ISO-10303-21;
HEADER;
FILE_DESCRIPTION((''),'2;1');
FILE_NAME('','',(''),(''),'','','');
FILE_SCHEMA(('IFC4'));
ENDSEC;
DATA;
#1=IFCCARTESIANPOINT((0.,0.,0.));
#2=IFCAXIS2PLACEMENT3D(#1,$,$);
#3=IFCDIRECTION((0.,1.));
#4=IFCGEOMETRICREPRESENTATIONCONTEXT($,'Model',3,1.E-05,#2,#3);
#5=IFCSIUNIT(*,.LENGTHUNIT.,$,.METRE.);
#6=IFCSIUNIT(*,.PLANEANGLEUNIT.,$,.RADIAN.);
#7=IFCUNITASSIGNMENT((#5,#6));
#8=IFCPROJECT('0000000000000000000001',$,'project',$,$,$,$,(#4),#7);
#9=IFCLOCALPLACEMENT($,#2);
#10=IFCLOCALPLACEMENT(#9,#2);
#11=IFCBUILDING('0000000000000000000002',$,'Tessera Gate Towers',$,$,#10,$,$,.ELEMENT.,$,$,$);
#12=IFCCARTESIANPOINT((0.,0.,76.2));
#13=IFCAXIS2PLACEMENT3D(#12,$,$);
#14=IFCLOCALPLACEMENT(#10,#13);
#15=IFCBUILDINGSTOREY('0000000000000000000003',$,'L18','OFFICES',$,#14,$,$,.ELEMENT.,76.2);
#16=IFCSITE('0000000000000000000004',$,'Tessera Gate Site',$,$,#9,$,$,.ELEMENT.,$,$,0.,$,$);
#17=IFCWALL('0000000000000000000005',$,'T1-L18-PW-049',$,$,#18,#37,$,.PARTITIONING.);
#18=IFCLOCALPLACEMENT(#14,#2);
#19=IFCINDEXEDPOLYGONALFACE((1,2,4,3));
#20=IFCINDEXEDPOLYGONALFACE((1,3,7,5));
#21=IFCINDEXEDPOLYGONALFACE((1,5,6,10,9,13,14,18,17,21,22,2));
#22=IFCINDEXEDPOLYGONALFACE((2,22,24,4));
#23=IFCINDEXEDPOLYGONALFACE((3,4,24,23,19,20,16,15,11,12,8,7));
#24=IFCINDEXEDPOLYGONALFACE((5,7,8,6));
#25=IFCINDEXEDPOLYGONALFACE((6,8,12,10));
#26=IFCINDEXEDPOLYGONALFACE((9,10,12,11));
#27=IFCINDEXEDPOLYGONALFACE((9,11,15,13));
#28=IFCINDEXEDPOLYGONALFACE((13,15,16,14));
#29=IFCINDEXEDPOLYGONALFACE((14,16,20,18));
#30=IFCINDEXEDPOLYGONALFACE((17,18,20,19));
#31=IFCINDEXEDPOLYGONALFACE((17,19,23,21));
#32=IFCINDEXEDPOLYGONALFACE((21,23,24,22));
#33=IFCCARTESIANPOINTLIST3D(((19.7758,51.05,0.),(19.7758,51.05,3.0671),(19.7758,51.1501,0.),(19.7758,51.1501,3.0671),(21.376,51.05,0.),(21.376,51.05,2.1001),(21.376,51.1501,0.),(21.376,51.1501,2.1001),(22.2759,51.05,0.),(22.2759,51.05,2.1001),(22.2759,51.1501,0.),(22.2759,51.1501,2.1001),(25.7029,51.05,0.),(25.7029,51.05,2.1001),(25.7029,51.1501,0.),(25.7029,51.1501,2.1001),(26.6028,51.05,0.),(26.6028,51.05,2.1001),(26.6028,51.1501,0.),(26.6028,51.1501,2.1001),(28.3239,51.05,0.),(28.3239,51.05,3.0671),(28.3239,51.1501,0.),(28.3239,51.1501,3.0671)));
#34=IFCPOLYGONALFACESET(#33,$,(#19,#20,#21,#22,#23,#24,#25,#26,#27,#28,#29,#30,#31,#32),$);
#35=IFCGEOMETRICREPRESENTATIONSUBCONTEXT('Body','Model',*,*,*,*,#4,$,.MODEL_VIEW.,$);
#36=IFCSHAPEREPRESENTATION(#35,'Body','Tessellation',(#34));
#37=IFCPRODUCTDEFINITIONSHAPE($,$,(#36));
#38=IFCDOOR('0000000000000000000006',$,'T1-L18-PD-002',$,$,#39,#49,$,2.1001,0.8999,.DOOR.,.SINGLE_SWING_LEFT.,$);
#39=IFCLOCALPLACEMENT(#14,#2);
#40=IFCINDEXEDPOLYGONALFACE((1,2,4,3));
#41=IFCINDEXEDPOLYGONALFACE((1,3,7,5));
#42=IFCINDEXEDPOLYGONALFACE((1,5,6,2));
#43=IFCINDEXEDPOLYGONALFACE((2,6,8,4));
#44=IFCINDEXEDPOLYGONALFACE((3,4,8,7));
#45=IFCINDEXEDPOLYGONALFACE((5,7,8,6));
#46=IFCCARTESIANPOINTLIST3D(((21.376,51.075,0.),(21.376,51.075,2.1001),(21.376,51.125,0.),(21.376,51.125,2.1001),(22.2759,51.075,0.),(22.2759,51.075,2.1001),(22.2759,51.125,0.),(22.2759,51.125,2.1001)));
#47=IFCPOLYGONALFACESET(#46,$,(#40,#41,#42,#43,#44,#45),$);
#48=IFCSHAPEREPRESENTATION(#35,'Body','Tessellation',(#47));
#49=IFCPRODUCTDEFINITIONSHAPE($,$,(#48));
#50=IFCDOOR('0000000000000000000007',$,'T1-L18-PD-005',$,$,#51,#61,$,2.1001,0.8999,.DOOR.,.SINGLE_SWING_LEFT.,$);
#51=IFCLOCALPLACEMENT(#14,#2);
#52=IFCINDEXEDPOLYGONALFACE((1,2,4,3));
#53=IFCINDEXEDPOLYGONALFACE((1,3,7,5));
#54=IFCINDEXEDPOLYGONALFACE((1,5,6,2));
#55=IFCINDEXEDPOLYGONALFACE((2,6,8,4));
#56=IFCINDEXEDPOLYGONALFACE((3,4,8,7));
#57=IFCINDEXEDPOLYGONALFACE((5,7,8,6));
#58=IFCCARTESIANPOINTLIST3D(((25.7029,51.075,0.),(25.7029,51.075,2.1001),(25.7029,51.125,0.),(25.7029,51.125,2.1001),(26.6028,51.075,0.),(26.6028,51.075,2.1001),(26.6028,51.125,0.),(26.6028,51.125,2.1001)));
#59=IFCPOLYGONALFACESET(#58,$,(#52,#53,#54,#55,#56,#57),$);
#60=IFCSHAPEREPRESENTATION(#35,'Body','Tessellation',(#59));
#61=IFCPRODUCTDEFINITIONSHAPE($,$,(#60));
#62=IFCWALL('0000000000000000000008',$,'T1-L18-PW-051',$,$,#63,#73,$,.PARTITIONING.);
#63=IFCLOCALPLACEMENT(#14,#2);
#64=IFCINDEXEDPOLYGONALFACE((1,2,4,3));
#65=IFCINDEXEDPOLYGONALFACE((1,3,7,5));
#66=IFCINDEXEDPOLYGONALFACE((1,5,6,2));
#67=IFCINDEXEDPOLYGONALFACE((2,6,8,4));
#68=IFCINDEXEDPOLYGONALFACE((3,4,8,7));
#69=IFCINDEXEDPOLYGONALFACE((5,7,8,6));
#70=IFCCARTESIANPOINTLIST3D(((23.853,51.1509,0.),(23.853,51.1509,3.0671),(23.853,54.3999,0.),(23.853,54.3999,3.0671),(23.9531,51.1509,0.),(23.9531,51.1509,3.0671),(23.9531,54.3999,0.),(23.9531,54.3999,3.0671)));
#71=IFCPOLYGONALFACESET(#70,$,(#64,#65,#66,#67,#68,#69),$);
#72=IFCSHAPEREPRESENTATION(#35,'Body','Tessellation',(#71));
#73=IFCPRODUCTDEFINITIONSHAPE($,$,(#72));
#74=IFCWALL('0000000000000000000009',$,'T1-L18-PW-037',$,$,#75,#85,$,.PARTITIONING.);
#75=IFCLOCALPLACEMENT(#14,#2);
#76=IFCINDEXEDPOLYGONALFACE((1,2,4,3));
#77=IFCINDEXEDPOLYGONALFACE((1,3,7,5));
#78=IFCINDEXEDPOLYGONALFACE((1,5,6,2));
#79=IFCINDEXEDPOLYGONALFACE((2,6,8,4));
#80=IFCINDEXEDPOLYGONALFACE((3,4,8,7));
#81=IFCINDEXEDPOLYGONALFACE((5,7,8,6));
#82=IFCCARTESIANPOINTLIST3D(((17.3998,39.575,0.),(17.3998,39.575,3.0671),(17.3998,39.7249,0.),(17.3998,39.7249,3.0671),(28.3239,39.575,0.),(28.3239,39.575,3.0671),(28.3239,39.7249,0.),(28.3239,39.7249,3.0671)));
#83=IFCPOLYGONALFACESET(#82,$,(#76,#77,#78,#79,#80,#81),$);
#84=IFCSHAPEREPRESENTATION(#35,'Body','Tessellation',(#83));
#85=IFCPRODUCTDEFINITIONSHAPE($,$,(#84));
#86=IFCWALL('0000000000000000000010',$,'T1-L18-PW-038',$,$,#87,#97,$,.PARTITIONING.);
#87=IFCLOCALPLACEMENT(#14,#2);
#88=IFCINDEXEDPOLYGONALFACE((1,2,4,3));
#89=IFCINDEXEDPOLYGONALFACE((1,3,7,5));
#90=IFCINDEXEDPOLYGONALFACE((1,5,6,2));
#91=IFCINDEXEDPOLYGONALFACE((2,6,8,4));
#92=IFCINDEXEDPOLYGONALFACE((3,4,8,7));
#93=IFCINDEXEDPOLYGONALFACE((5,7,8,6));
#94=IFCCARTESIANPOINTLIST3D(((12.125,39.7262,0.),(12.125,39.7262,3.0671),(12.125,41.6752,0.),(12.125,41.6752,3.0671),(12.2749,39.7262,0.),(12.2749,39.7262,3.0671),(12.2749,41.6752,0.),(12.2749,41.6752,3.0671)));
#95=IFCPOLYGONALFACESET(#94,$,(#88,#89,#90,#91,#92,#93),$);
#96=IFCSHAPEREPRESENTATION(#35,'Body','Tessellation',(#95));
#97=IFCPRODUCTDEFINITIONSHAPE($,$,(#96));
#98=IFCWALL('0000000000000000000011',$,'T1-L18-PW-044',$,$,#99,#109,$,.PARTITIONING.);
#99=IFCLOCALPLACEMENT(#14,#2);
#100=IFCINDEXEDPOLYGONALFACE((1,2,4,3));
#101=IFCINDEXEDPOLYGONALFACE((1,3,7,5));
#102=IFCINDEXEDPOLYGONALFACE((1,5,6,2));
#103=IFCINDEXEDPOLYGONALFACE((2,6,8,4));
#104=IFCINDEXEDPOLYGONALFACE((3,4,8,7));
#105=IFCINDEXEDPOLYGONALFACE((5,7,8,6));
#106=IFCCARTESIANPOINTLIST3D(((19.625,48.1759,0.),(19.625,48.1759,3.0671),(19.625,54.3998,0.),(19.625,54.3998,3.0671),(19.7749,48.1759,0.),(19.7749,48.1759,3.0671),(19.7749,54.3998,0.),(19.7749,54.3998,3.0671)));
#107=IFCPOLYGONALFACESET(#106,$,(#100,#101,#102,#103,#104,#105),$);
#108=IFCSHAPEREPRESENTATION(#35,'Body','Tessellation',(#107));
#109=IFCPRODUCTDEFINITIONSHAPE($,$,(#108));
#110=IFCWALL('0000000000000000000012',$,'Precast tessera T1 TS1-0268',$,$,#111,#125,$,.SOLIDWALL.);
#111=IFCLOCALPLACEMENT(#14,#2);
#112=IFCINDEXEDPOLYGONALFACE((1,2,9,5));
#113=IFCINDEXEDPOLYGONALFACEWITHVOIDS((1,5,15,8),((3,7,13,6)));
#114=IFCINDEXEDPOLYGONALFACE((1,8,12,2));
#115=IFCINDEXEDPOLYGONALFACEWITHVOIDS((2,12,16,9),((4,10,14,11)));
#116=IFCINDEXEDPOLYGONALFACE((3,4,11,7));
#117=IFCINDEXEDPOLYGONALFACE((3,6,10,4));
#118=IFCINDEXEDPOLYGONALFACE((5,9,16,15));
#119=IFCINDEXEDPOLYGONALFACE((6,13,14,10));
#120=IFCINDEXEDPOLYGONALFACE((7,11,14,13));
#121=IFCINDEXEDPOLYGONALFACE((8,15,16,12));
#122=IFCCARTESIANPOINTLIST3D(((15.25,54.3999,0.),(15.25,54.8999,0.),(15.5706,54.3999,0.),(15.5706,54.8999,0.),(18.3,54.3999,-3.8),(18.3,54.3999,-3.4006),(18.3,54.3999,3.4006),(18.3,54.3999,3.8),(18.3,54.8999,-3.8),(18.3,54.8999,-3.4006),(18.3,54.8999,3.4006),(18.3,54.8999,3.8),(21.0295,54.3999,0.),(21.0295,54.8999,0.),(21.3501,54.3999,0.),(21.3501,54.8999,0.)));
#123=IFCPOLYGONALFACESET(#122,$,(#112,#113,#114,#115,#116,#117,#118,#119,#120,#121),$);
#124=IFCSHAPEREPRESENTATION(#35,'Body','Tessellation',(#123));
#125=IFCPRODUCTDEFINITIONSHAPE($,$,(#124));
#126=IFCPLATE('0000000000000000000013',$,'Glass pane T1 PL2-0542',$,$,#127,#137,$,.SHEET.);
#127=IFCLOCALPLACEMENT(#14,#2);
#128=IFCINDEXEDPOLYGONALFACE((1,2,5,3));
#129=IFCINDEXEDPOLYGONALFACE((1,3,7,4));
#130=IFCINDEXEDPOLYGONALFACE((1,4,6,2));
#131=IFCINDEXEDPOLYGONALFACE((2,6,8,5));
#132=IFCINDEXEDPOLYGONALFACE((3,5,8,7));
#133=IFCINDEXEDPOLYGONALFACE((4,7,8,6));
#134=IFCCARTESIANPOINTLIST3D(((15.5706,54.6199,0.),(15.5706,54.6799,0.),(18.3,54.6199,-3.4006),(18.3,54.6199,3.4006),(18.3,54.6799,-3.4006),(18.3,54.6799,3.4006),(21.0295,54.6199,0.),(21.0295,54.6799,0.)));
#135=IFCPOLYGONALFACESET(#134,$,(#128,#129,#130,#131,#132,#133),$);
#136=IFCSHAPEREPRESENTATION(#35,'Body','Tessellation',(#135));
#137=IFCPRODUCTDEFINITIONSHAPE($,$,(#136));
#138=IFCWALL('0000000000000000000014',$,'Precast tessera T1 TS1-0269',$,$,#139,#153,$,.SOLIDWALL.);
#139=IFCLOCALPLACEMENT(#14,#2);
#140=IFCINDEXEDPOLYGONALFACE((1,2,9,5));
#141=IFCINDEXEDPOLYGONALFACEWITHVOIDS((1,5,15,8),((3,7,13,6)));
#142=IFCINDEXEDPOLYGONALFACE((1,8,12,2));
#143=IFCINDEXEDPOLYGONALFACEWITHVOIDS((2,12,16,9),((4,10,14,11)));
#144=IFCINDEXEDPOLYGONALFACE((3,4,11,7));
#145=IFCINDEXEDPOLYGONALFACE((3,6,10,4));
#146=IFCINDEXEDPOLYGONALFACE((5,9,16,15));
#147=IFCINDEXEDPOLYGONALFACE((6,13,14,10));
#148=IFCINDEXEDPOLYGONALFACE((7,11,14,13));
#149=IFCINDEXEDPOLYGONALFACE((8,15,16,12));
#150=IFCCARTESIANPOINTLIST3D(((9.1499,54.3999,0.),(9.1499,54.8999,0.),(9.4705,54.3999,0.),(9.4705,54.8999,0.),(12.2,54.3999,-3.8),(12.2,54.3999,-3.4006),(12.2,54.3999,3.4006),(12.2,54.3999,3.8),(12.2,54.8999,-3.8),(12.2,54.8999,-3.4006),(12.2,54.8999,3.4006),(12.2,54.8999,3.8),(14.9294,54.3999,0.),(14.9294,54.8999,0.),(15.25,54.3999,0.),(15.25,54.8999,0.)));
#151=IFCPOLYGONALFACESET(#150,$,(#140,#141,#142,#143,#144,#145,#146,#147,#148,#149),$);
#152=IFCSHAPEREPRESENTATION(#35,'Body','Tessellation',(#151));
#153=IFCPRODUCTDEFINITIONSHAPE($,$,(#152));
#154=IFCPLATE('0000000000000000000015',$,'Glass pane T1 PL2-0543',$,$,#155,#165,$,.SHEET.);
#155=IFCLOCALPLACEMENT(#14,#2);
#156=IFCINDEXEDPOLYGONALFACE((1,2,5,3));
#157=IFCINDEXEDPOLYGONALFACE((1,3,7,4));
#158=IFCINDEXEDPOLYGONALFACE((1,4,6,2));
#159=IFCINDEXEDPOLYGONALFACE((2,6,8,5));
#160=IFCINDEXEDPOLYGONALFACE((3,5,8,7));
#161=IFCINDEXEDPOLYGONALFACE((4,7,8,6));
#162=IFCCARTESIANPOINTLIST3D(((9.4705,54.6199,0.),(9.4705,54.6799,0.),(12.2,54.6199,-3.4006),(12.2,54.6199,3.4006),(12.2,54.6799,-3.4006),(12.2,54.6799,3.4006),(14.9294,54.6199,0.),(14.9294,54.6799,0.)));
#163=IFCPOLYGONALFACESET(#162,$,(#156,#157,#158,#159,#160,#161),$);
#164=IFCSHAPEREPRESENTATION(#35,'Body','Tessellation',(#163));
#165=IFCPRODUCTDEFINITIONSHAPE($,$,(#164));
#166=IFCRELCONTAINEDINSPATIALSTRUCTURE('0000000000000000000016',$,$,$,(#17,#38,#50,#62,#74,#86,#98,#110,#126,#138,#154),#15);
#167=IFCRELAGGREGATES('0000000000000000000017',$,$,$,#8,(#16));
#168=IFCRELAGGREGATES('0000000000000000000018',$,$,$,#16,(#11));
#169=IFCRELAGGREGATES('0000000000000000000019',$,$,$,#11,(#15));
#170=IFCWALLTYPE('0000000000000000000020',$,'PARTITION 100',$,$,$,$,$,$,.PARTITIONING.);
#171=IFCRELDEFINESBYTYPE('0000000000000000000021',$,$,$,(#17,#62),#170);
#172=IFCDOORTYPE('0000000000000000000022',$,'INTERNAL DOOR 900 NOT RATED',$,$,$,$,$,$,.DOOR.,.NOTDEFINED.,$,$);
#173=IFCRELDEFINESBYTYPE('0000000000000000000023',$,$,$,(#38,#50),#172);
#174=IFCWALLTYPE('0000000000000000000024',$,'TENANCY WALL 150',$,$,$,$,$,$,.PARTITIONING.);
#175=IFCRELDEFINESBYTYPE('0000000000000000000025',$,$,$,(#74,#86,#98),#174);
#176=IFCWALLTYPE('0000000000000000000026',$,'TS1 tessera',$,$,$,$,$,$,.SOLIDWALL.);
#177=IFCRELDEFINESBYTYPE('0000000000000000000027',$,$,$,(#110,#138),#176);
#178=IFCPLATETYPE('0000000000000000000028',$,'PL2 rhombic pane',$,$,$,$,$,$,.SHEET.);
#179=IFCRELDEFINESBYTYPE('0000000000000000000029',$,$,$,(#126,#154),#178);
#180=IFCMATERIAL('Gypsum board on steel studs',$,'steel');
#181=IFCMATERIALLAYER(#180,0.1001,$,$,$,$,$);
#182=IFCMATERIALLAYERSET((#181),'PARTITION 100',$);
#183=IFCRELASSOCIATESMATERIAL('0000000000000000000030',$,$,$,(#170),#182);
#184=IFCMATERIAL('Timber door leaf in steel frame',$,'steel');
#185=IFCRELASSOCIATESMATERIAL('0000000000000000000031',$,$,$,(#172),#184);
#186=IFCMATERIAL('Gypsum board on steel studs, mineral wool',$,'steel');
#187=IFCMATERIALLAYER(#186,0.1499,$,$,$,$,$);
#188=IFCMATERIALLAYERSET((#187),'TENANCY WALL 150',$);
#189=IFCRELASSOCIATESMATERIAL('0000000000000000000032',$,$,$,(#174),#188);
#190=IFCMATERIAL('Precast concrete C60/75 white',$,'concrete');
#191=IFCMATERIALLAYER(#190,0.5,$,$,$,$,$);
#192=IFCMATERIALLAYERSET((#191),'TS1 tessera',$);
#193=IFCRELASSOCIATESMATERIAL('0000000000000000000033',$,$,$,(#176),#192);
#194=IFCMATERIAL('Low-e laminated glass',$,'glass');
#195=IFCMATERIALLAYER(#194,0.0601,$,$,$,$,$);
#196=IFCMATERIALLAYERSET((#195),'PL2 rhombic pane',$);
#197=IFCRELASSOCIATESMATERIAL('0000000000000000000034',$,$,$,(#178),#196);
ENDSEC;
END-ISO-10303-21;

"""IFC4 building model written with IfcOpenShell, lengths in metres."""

from ifc_helpers import new_model, si_unit, direction, frame, frame_2d, origin, place, context, subcontext, project, spatial, polyline, rectangle, outline, extrude, source, transform, mapped, material, layer, layer_set, type_object, element, fill, save


model = new_model("IFC4")

# Units and contexts
model_context = context("Model", 3, precision=1e-05, world=origin(), true_north=direction((0.0, 1.0)))
body_context = subcontext(model_context, "Body", "Model", "MODEL_VIEW")
ifc_project = project(units=[si_unit("LENGTHUNIT", "METRE"), si_unit("PLANEANGLEUNIT", "RADIAN")], contexts=[model_context])

# Site, building, storey
site_placement = place(None, origin())
site = spatial("IfcSite", under=ifc_project, at=site_placement, Name="Tessera Gate Site", CompositionType="ELEMENT", RefElevation=0.0)
building_placement = place(site_placement, origin())
building = spatial("IfcBuilding", under=site, at=building_placement, Name="Tessera Gate Towers", CompositionType="ELEMENT")
storey_placement = place(building_placement, frame((0.0, 0.0, 76.2)))
storey = spatial("IfcBuildingStorey", under=building, at=storey_placement, Name="L18", Description="OFFICES", CompositionType="ELEMENT", Elevation=76.2)

# Shared definitions
shared_shape_1 = source(origin(), body_context, "Body", "SweptSolid", [
    extrude(rectangle(XDim=0.8999, YDim=2.1001, at=frame_2d((0.45, 1.05))), frame((0.0, 0.0601, 0.0), z_axis=(0.0, -1.0, 0.0), x_axis=(1.0, 0.0, 0.0)), (0.0, 0.0, 1.0), 0.1201),
])
shared_shape_2 = source(origin(), body_context, "Body", "SweptSolid", [
    extrude(rectangle(XDim=0.8999, YDim=2.1001, at=frame_2d((0.45, 1.05))), frame((0.0, 0.0249, 0.0), z_axis=(0.0, -1.0, 0.0), x_axis=(1.0, 0.0, 0.0)), (0.0, 0.0, 1.0), 0.05),
])

# Shared definitions
ifc_material_1 = material(Name="Gypsum board on steel studs", Category="steel")
ifc_layer_1 = layer(ifc_material_1, 0.1001)
ifc_layer_set_1 = layer_set([ifc_layer_1], Name="PARTITION 100")
wall_type_1 = type_object("IfcWallType", Name="PARTITION 100", PredefinedType="PARTITIONING", material=ifc_layer_set_1)
ifc_material_2 = material(Name="Timber door leaf in steel frame", Category="steel")
door_type_1 = type_object("IfcDoorType", Name="INTERNAL DOOR 900 NOT RATED", OperationType="NOTDEFINED", PredefinedType="DOOR", material=ifc_material_2)

# Wall, openings, doors
wall_1_placement = place(storey_placement, frame((19.7759, 51.1001, 0.0), z_axis=(0.0, 0.0, 1.0), x_axis=(1.0, 0.0, 0.0)))
wall_1 = element("IfcWall", 1, at=wall_1_placement, inside=storey, type_object=wall_type_1, Name="T1-L18-PW-049", PredefinedType="PARTITIONING", context=body_context, shape_type="SweptSolid", body=[
    extrude(rectangle(XDim=8.5481, YDim=0.1001, at=frame_2d((4.2739, 0.0))), origin(), (0.0, 0.0, 1.0), 3.0671),
])
opening_1_placement = place(wall_1_placement, frame((1.6001, 0.0, 0.0)))
opening_1 = element("IfcOpeningElement", 2, at=opening_1_placement, cuts=wall_1, PredefinedType="OPENING", context=body_context, shape_type="MappedRepresentation", body=[
    mapped(shared_shape_1, transform((0.0, 0.0, 0.0), scale=1.0)),
])
opening_2_placement = place(wall_1_placement, frame((5.927, 0.0, 0.0)))
opening_2 = element("IfcOpeningElement", 3, at=opening_2_placement, cuts=wall_1, PredefinedType="OPENING", context=body_context, shape_type="MappedRepresentation", body=[
    mapped(shared_shape_1, transform((0.0, 0.0, 0.0), scale=1.0)),
])
door_1_placement = place(opening_1_placement, origin())
door_1 = element("IfcDoor", 4, at=door_1_placement, inside=storey, type_object=door_type_1, Name="T1-L18-PD-002", OperationType="SINGLE_SWING_LEFT", OverallHeight=2.1001, OverallWidth=0.8999, PredefinedType="DOOR", context=body_context, shape_type="MappedRepresentation", body=[
    mapped(shared_shape_2, transform((0.0, 0.0, 0.0), scale=1.0)),
])
fill(opening_1, door_1)
door_2_placement = place(opening_2_placement, origin())
door_2 = element("IfcDoor", 5, at=door_2_placement, inside=storey, type_object=door_type_1, Name="T1-L18-PD-005", OperationType="SINGLE_SWING_LEFT", OverallHeight=2.1001, OverallWidth=0.8999, PredefinedType="DOOR", context=body_context, shape_type="MappedRepresentation", body=[
    mapped(shared_shape_2, transform((0.0, 0.0, 0.0), scale=1.0)),
])
fill(opening_2, door_2)

# Walls
wall_2_placement = place(storey_placement, frame((23.9031, 51.1509, 0.0), z_axis=(0.0, 0.0, 1.0), x_axis=(0.0, 1.0, 0.0)))
element("IfcWall", 6, at=wall_2_placement, inside=storey, type_object=wall_type_1, Name="T1-L18-PW-051", PredefinedType="PARTITIONING", context=body_context, shape_type="SweptSolid", body=[
    extrude(rectangle(XDim=3.249, YDim=0.1001, at=frame_2d((1.6245, 0.0))), origin(), (0.0, 0.0, 1.0), 3.0671),
])
ifc_material_3 = material(Name="Gypsum board on steel studs, mineral wool", Category="steel")
ifc_layer_2 = layer(ifc_material_3, 0.1499)
ifc_layer_set_2 = layer_set([ifc_layer_2], Name="TENANCY WALL 150")
wall_type_2 = type_object("IfcWallType", Name="TENANCY WALL 150", PredefinedType="PARTITIONING", material=ifc_layer_set_2)
wall_3_placement = place(storey_placement, frame((17.3999, 39.6499, 0.0), z_axis=(0.0, 0.0, 1.0), x_axis=(1.0, 0.0, 0.0)))
element("IfcWall", 7, at=wall_3_placement, inside=storey, type_object=wall_type_2, Name="T1-L18-PW-037", PredefinedType="PARTITIONING", context=body_context, shape_type="SweptSolid", body=[
    extrude(rectangle(XDim=10.9241, YDim=0.1499, at=frame_2d((5.4619, 0.0))), origin(), (0.0, 0.0, 1.0), 3.0671),
])
wall_4_placement = place(storey_placement, frame((12.2, 39.7261, 0.0), z_axis=(0.0, 0.0, 1.0), x_axis=(0.0, 1.0, 0.0)))
element("IfcWall", 8, at=wall_4_placement, inside=storey, type_object=wall_type_2, Name="T1-L18-PW-038", PredefinedType="PARTITIONING", context=body_context, shape_type="SweptSolid", body=[
    extrude(rectangle(XDim=1.949, YDim=0.1499, at=frame_2d((0.9746, 0.0))), origin(), (0.0, 0.0, 1.0), 3.0671),
])
wall_5_placement = place(storey_placement, frame((19.7, 48.176, 0.0), z_axis=(0.0, 0.0, 1.0), x_axis=(0.0, 1.0, 0.0)))
element("IfcWall", 9, at=wall_5_placement, inside=storey, type_object=wall_type_2, Name="T1-L18-PW-044", PredefinedType="PARTITIONING", context=body_context, shape_type="SweptSolid", body=[
    extrude(rectangle(XDim=6.2239, YDim=0.1499, at=frame_2d((3.1118, 0.0))), origin(), (0.0, 0.0, 1.0), 3.0671),
])

# Walls, openings, plates
ifc_material_4 = material(Name="Precast concrete C60/75 white", Category="concrete")
ifc_layer_3 = layer(ifc_material_4, 0.5)
ifc_layer_set_3 = layer_set([ifc_layer_3], Name="TS1 tessera")
wall_type_3 = type_object("IfcWallType", Name="TS1 tessera", PredefinedType="SOLIDWALL", material=ifc_layer_set_3)
shared_shape_3 = source(origin(), body_context, "Body", "SweptSolid", [
    extrude(outline(polyline([(3.05, 0.0), (6.1001, 3.8), (3.05, 7.6001), (0.0, 3.8), (3.05, 0.0)])), frame((0.0, 0.25, 0.0), z_axis=(0.0, -1.0, 0.0), x_axis=(1.0, 0.0, 0.0)), (0.0, 0.0, 1.0), 0.5),
])
wall_6_placement = place(storey_placement, frame((21.3501, 54.6499, -3.8), z_axis=(0.0, 0.0, 1.0), x_axis=(-1.0, 0.0, 0.0)))
wall_6 = element("IfcWall", 10, at=wall_6_placement, inside=storey, type_object=wall_type_3, Name="Precast tessera T1 TS1-0268", PredefinedType="SOLIDWALL", context=body_context, shape_type="MappedRepresentation", body=[
    mapped(shared_shape_3, transform((0.0, 0.0, 0.0), scale=1.0)),
])
shared_shape_4 = source(origin(), body_context, "Body", "SweptSolid", [
    extrude(outline(polyline([(3.05, 0.3994), (5.7795, 3.8), (3.05, 7.2007), (0.3206, 3.8), (3.05, 0.3994)])), frame((0.0, 0.26, 0.0), z_axis=(0.0, -1.0, 0.0), x_axis=(1.0, 0.0, 0.0)), (0.0, 0.0, 1.0), 0.52),
])
opening_3_placement = place(wall_6_placement, origin())
opening_3 = element("IfcOpeningElement", 11, at=opening_3_placement, cuts=wall_6, PredefinedType="OPENING", context=body_context, shape_type="MappedRepresentation", body=[
    mapped(shared_shape_4, transform((0.0, 0.0, 0.0), scale=1.0)),
])
ifc_material_5 = material(Name="Low-e laminated glass", Category="glass")
ifc_layer_4 = layer(ifc_material_5, 0.0601)
ifc_layer_set_4 = layer_set([ifc_layer_4], Name="PL2 rhombic pane")
plate_type = type_object("IfcPlateType", Name="PL2 rhombic pane", PredefinedType="SHEET", material=ifc_layer_set_4)
shared_shape_5 = source(origin(), body_context, "Body", "SweptSolid", [
    extrude(outline(polyline([(3.05, 0.3994), (5.7795, 3.8), (3.05, 7.2007), (0.3206, 3.8), (3.05, 0.3994)])), frame((0.0, 0.03, 0.0), z_axis=(0.0, -1.0, 0.0), x_axis=(1.0, 0.0, 0.0)), (0.0, 0.0, 1.0), 0.0601),
])
plate_1_placement = place(opening_3_placement, origin())
plate_1 = element("IfcPlate", 12, at=plate_1_placement, inside=storey, type_object=plate_type, Name="Glass pane T1 PL2-0542", PredefinedType="SHEET", context=body_context, shape_type="MappedRepresentation", body=[
    mapped(shared_shape_5, transform((0.0, 0.0, 0.0), scale=1.0)),
])
fill(opening_3, plate_1)
wall_7_placement = place(storey_placement, frame((15.25, 54.6499, -3.8), z_axis=(0.0, 0.0, 1.0), x_axis=(-1.0, 0.0, 0.0)))
wall_7 = element("IfcWall", 13, at=wall_7_placement, inside=storey, type_object=wall_type_3, Name="Precast tessera T1 TS1-0269", PredefinedType="SOLIDWALL", context=body_context, shape_type="MappedRepresentation", body=[
    mapped(shared_shape_3, transform((0.0, 0.0, 0.0), scale=1.0)),
])
opening_4_placement = place(wall_7_placement, origin())
opening_4 = element("IfcOpeningElement", 14, at=opening_4_placement, cuts=wall_7, PredefinedType="OPENING", context=body_context, shape_type="MappedRepresentation", body=[
    mapped(shared_shape_4, transform((0.0, 0.0, 0.0), scale=1.0)),
])
plate_2_placement = place(opening_4_placement, origin())
plate_2 = element("IfcPlate", 15, at=plate_2_placement, inside=storey, type_object=plate_type, Name="Glass pane T1 PL2-0543", PredefinedType="SHEET", context=body_context, shape_type="MappedRepresentation", body=[
    mapped(shared_shape_5, transform((0.0, 0.0, 0.0), scale=1.0)),
])
fill(opening_4, plate_2)

save(model, "model.ifc")
